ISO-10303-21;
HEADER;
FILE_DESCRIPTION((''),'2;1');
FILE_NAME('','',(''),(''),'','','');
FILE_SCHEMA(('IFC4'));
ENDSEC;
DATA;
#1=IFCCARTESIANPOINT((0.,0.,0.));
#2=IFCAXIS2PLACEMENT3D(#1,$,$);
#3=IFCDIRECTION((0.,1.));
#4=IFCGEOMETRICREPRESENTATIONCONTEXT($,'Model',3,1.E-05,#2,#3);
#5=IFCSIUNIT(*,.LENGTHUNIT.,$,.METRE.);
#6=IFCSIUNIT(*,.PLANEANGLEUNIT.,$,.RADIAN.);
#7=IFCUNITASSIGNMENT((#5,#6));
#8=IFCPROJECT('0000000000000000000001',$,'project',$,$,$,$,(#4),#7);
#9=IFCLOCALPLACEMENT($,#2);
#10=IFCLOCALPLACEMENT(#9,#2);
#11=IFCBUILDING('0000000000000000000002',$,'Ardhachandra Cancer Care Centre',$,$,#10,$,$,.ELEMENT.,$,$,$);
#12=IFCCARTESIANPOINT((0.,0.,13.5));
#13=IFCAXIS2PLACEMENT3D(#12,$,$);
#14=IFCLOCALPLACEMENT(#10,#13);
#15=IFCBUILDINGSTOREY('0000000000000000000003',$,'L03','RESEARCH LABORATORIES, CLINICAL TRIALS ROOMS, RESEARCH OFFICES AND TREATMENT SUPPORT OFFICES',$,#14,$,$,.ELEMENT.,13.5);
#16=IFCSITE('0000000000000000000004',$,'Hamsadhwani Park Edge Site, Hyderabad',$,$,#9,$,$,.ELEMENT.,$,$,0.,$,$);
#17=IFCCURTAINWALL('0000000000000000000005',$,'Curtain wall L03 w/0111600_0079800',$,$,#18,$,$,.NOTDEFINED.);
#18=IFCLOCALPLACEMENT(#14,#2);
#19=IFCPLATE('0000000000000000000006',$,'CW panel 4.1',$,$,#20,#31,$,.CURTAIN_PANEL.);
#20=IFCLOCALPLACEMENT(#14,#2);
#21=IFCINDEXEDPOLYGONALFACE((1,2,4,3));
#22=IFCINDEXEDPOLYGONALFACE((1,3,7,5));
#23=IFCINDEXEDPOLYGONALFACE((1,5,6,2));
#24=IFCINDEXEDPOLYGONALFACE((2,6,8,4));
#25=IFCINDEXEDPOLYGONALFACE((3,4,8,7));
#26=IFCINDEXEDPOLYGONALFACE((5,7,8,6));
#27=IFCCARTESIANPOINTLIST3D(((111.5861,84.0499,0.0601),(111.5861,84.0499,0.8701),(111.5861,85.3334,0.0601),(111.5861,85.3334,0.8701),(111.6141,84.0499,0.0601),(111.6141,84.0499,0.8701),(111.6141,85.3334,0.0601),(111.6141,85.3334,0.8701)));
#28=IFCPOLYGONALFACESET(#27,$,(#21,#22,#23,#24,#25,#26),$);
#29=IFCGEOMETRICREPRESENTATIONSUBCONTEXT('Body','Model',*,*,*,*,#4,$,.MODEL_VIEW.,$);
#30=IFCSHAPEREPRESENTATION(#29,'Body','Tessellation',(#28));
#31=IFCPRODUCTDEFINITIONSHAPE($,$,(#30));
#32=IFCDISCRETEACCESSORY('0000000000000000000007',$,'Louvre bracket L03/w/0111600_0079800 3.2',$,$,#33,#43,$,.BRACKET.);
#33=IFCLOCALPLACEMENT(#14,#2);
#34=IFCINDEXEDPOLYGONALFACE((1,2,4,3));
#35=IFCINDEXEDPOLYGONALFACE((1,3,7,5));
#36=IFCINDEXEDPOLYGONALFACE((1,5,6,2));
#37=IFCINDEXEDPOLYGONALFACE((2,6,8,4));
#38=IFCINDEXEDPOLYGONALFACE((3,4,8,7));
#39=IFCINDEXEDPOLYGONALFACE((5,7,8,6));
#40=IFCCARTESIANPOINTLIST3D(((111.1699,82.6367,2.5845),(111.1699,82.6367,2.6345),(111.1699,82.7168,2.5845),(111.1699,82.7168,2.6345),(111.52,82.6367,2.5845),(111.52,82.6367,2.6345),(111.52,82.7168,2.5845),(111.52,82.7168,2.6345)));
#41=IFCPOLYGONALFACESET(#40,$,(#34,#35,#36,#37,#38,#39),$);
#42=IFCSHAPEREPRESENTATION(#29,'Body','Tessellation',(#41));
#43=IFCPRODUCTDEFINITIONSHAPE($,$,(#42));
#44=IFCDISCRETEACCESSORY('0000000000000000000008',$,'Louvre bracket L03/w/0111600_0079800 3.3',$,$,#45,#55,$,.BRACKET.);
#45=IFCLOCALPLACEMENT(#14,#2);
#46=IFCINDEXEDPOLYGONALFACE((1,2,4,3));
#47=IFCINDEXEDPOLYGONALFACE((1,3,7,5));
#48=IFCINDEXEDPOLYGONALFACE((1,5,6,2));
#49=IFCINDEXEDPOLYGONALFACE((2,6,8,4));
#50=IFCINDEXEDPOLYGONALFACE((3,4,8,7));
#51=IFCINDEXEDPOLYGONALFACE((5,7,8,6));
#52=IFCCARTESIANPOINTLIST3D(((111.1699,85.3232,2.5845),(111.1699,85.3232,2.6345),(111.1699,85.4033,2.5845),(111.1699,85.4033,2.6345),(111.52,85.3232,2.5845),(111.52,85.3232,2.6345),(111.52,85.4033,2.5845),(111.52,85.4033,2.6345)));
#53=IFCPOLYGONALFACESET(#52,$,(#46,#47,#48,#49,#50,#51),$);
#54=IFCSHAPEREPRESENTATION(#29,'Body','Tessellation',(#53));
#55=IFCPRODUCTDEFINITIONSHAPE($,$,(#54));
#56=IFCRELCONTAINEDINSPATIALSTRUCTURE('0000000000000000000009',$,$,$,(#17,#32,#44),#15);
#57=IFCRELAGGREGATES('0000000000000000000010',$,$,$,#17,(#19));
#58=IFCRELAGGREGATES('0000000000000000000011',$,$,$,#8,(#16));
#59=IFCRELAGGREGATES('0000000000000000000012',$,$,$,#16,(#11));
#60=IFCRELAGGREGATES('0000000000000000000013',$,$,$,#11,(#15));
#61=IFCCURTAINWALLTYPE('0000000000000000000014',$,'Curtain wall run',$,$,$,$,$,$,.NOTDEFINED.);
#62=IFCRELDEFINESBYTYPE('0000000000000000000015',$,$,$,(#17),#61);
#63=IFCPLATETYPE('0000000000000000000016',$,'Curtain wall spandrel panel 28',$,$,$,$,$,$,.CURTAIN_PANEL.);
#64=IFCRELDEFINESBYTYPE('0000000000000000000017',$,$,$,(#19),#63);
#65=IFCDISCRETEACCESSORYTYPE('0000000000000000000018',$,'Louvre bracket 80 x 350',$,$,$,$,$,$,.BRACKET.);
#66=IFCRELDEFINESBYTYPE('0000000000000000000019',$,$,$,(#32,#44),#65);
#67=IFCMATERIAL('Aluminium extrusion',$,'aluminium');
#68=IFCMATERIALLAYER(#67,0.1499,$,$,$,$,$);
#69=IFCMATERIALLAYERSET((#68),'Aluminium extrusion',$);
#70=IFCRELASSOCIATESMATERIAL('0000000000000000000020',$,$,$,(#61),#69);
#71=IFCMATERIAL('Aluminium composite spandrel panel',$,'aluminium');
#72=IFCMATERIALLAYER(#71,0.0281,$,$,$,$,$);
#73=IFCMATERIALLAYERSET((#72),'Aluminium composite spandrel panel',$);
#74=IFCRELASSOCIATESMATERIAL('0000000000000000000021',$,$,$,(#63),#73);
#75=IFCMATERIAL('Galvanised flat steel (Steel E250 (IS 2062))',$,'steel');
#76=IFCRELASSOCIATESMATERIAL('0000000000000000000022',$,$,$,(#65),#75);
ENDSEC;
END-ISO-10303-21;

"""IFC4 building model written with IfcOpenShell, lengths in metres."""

from ifc_helpers import new_model, si_unit, direction, frame, origin, origin_2d, place, context, subcontext, project, spatial, rectangle, extrude, material, layer, layer_set, type_object, element, aggregate, save


model = new_model("IFC4")

# Units and contexts
model_context = context("Model", 3, precision=1e-05, world=origin(), true_north=direction((0.0, 1.0)))
body_context = subcontext(model_context, "Body", "Model", "MODEL_VIEW")
ifc_project = project(units=[si_unit("LENGTHUNIT", "METRE"), si_unit("PLANEANGLEUNIT", "RADIAN")], contexts=[model_context])

# Site, building, storey
site_placement = place(None, origin())
site = spatial("IfcSite", under=ifc_project, at=site_placement, Name="Hamsadhwani Park Edge Site, Hyderabad", CompositionType="ELEMENT", RefElevation=0.0)
building_placement = place(site_placement, origin())
building = spatial("IfcBuilding", under=site, at=building_placement, Name="Ardhachandra Cancer Care Centre", CompositionType="ELEMENT")
storey_placement = place(building_placement, frame((0.0, 0.0, 13.5)))
storey = spatial("IfcBuildingStorey", under=building, at=storey_placement, Name="L03", Description="RESEARCH LABORATORIES, CLINICAL TRIALS ROOMS, RESEARCH OFFICES AND TREATMENT SUPPORT OFFICES", CompositionType="ELEMENT", Elevation=13.5)

# Curtain wall, plate
ifc_material_1 = material(Name="Aluminium extrusion", Category="aluminium")
ifc_layer_1 = layer(ifc_material_1, 0.1499)
ifc_layer_set_1 = layer_set([ifc_layer_1], Name="Aluminium extrusion")
curtain_wall_type = type_object("IfcCurtainWallType", Name="Curtain wall run", PredefinedType="NOTDEFINED", material=ifc_layer_set_1)
curtain_wall_placement = place(storey_placement, origin())
curtain_wall = element("IfcCurtainWall", 1, at=curtain_wall_placement, inside=storey, type_object=curtain_wall_type, Name="Curtain wall L03 w/0111600_0079800", PredefinedType="NOTDEFINED")
ifc_material_2 = material(Name="Aluminium composite spandrel panel", Category="aluminium")
ifc_layer_2 = layer(ifc_material_2, 0.0281)
ifc_layer_set_2 = layer_set([ifc_layer_2], Name="Aluminium composite spandrel panel")
plate_type_1 = type_object("IfcPlateType", Name="Curtain wall spandrel panel 28", PredefinedType="CURTAIN_PANEL", material=ifc_layer_set_2)
plate_1_placement = place(storey_placement, frame((111.6001, 84.6917, 0.0601), z_axis=(0.0, 0.0, 1.0), x_axis=(0.0, 1.0, 0.0)))
plate_1 = element("IfcPlate", 2, at=plate_1_placement, type_object=plate_type_1, Name="CW panel 4.1", PredefinedType="CURTAIN_PANEL", context=body_context, shape_type="SweptSolid", body=[
    extrude(rectangle(XDim=1.2834, YDim=0.0281, at=origin_2d()), origin(), (0.0, 0.0, 1.0), 0.8101),
])
aggregate(curtain_wall, [plate_1])

# Discrete accessories
ifc_material_3 = material(Name="Galvanised flat steel (Steel E250 (IS 2062))", Category="steel")
discrete_accessory_type = type_object("IfcDiscreteAccessoryType", Name="Louvre bracket 80 x 350", PredefinedType="BRACKET", material=ifc_material_3)
for number, where, z_axis, x_axis, name in (
    (3, (111.345, 82.6768, 2.5845), (0.0, 0.0, 1.0), (0.0, 1.0, 0.0), "Louvre bracket L03/w/0111600_0079800 3.2"),
    (4, (111.345, 85.3633, 2.5845), (0.0, 0.0, 1.0), (0.0, 1.0, 0.0), "Louvre bracket L03/w/0111600_0079800 3.3"),
):
    element("IfcDiscreteAccessory", number, at=place(storey_placement, frame(where, z_axis=z_axis, x_axis=x_axis)), inside=storey, type_object=discrete_accessory_type, Name=name, PredefinedType="BRACKET", context=body_context, shape_type="SweptSolid", body=[
        extrude(rectangle(XDim=0.0801, YDim=0.3501, at=origin_2d()), origin(), (0.0, 0.0, 1.0), 0.05),
    ])

save(model, "model.ifc")
